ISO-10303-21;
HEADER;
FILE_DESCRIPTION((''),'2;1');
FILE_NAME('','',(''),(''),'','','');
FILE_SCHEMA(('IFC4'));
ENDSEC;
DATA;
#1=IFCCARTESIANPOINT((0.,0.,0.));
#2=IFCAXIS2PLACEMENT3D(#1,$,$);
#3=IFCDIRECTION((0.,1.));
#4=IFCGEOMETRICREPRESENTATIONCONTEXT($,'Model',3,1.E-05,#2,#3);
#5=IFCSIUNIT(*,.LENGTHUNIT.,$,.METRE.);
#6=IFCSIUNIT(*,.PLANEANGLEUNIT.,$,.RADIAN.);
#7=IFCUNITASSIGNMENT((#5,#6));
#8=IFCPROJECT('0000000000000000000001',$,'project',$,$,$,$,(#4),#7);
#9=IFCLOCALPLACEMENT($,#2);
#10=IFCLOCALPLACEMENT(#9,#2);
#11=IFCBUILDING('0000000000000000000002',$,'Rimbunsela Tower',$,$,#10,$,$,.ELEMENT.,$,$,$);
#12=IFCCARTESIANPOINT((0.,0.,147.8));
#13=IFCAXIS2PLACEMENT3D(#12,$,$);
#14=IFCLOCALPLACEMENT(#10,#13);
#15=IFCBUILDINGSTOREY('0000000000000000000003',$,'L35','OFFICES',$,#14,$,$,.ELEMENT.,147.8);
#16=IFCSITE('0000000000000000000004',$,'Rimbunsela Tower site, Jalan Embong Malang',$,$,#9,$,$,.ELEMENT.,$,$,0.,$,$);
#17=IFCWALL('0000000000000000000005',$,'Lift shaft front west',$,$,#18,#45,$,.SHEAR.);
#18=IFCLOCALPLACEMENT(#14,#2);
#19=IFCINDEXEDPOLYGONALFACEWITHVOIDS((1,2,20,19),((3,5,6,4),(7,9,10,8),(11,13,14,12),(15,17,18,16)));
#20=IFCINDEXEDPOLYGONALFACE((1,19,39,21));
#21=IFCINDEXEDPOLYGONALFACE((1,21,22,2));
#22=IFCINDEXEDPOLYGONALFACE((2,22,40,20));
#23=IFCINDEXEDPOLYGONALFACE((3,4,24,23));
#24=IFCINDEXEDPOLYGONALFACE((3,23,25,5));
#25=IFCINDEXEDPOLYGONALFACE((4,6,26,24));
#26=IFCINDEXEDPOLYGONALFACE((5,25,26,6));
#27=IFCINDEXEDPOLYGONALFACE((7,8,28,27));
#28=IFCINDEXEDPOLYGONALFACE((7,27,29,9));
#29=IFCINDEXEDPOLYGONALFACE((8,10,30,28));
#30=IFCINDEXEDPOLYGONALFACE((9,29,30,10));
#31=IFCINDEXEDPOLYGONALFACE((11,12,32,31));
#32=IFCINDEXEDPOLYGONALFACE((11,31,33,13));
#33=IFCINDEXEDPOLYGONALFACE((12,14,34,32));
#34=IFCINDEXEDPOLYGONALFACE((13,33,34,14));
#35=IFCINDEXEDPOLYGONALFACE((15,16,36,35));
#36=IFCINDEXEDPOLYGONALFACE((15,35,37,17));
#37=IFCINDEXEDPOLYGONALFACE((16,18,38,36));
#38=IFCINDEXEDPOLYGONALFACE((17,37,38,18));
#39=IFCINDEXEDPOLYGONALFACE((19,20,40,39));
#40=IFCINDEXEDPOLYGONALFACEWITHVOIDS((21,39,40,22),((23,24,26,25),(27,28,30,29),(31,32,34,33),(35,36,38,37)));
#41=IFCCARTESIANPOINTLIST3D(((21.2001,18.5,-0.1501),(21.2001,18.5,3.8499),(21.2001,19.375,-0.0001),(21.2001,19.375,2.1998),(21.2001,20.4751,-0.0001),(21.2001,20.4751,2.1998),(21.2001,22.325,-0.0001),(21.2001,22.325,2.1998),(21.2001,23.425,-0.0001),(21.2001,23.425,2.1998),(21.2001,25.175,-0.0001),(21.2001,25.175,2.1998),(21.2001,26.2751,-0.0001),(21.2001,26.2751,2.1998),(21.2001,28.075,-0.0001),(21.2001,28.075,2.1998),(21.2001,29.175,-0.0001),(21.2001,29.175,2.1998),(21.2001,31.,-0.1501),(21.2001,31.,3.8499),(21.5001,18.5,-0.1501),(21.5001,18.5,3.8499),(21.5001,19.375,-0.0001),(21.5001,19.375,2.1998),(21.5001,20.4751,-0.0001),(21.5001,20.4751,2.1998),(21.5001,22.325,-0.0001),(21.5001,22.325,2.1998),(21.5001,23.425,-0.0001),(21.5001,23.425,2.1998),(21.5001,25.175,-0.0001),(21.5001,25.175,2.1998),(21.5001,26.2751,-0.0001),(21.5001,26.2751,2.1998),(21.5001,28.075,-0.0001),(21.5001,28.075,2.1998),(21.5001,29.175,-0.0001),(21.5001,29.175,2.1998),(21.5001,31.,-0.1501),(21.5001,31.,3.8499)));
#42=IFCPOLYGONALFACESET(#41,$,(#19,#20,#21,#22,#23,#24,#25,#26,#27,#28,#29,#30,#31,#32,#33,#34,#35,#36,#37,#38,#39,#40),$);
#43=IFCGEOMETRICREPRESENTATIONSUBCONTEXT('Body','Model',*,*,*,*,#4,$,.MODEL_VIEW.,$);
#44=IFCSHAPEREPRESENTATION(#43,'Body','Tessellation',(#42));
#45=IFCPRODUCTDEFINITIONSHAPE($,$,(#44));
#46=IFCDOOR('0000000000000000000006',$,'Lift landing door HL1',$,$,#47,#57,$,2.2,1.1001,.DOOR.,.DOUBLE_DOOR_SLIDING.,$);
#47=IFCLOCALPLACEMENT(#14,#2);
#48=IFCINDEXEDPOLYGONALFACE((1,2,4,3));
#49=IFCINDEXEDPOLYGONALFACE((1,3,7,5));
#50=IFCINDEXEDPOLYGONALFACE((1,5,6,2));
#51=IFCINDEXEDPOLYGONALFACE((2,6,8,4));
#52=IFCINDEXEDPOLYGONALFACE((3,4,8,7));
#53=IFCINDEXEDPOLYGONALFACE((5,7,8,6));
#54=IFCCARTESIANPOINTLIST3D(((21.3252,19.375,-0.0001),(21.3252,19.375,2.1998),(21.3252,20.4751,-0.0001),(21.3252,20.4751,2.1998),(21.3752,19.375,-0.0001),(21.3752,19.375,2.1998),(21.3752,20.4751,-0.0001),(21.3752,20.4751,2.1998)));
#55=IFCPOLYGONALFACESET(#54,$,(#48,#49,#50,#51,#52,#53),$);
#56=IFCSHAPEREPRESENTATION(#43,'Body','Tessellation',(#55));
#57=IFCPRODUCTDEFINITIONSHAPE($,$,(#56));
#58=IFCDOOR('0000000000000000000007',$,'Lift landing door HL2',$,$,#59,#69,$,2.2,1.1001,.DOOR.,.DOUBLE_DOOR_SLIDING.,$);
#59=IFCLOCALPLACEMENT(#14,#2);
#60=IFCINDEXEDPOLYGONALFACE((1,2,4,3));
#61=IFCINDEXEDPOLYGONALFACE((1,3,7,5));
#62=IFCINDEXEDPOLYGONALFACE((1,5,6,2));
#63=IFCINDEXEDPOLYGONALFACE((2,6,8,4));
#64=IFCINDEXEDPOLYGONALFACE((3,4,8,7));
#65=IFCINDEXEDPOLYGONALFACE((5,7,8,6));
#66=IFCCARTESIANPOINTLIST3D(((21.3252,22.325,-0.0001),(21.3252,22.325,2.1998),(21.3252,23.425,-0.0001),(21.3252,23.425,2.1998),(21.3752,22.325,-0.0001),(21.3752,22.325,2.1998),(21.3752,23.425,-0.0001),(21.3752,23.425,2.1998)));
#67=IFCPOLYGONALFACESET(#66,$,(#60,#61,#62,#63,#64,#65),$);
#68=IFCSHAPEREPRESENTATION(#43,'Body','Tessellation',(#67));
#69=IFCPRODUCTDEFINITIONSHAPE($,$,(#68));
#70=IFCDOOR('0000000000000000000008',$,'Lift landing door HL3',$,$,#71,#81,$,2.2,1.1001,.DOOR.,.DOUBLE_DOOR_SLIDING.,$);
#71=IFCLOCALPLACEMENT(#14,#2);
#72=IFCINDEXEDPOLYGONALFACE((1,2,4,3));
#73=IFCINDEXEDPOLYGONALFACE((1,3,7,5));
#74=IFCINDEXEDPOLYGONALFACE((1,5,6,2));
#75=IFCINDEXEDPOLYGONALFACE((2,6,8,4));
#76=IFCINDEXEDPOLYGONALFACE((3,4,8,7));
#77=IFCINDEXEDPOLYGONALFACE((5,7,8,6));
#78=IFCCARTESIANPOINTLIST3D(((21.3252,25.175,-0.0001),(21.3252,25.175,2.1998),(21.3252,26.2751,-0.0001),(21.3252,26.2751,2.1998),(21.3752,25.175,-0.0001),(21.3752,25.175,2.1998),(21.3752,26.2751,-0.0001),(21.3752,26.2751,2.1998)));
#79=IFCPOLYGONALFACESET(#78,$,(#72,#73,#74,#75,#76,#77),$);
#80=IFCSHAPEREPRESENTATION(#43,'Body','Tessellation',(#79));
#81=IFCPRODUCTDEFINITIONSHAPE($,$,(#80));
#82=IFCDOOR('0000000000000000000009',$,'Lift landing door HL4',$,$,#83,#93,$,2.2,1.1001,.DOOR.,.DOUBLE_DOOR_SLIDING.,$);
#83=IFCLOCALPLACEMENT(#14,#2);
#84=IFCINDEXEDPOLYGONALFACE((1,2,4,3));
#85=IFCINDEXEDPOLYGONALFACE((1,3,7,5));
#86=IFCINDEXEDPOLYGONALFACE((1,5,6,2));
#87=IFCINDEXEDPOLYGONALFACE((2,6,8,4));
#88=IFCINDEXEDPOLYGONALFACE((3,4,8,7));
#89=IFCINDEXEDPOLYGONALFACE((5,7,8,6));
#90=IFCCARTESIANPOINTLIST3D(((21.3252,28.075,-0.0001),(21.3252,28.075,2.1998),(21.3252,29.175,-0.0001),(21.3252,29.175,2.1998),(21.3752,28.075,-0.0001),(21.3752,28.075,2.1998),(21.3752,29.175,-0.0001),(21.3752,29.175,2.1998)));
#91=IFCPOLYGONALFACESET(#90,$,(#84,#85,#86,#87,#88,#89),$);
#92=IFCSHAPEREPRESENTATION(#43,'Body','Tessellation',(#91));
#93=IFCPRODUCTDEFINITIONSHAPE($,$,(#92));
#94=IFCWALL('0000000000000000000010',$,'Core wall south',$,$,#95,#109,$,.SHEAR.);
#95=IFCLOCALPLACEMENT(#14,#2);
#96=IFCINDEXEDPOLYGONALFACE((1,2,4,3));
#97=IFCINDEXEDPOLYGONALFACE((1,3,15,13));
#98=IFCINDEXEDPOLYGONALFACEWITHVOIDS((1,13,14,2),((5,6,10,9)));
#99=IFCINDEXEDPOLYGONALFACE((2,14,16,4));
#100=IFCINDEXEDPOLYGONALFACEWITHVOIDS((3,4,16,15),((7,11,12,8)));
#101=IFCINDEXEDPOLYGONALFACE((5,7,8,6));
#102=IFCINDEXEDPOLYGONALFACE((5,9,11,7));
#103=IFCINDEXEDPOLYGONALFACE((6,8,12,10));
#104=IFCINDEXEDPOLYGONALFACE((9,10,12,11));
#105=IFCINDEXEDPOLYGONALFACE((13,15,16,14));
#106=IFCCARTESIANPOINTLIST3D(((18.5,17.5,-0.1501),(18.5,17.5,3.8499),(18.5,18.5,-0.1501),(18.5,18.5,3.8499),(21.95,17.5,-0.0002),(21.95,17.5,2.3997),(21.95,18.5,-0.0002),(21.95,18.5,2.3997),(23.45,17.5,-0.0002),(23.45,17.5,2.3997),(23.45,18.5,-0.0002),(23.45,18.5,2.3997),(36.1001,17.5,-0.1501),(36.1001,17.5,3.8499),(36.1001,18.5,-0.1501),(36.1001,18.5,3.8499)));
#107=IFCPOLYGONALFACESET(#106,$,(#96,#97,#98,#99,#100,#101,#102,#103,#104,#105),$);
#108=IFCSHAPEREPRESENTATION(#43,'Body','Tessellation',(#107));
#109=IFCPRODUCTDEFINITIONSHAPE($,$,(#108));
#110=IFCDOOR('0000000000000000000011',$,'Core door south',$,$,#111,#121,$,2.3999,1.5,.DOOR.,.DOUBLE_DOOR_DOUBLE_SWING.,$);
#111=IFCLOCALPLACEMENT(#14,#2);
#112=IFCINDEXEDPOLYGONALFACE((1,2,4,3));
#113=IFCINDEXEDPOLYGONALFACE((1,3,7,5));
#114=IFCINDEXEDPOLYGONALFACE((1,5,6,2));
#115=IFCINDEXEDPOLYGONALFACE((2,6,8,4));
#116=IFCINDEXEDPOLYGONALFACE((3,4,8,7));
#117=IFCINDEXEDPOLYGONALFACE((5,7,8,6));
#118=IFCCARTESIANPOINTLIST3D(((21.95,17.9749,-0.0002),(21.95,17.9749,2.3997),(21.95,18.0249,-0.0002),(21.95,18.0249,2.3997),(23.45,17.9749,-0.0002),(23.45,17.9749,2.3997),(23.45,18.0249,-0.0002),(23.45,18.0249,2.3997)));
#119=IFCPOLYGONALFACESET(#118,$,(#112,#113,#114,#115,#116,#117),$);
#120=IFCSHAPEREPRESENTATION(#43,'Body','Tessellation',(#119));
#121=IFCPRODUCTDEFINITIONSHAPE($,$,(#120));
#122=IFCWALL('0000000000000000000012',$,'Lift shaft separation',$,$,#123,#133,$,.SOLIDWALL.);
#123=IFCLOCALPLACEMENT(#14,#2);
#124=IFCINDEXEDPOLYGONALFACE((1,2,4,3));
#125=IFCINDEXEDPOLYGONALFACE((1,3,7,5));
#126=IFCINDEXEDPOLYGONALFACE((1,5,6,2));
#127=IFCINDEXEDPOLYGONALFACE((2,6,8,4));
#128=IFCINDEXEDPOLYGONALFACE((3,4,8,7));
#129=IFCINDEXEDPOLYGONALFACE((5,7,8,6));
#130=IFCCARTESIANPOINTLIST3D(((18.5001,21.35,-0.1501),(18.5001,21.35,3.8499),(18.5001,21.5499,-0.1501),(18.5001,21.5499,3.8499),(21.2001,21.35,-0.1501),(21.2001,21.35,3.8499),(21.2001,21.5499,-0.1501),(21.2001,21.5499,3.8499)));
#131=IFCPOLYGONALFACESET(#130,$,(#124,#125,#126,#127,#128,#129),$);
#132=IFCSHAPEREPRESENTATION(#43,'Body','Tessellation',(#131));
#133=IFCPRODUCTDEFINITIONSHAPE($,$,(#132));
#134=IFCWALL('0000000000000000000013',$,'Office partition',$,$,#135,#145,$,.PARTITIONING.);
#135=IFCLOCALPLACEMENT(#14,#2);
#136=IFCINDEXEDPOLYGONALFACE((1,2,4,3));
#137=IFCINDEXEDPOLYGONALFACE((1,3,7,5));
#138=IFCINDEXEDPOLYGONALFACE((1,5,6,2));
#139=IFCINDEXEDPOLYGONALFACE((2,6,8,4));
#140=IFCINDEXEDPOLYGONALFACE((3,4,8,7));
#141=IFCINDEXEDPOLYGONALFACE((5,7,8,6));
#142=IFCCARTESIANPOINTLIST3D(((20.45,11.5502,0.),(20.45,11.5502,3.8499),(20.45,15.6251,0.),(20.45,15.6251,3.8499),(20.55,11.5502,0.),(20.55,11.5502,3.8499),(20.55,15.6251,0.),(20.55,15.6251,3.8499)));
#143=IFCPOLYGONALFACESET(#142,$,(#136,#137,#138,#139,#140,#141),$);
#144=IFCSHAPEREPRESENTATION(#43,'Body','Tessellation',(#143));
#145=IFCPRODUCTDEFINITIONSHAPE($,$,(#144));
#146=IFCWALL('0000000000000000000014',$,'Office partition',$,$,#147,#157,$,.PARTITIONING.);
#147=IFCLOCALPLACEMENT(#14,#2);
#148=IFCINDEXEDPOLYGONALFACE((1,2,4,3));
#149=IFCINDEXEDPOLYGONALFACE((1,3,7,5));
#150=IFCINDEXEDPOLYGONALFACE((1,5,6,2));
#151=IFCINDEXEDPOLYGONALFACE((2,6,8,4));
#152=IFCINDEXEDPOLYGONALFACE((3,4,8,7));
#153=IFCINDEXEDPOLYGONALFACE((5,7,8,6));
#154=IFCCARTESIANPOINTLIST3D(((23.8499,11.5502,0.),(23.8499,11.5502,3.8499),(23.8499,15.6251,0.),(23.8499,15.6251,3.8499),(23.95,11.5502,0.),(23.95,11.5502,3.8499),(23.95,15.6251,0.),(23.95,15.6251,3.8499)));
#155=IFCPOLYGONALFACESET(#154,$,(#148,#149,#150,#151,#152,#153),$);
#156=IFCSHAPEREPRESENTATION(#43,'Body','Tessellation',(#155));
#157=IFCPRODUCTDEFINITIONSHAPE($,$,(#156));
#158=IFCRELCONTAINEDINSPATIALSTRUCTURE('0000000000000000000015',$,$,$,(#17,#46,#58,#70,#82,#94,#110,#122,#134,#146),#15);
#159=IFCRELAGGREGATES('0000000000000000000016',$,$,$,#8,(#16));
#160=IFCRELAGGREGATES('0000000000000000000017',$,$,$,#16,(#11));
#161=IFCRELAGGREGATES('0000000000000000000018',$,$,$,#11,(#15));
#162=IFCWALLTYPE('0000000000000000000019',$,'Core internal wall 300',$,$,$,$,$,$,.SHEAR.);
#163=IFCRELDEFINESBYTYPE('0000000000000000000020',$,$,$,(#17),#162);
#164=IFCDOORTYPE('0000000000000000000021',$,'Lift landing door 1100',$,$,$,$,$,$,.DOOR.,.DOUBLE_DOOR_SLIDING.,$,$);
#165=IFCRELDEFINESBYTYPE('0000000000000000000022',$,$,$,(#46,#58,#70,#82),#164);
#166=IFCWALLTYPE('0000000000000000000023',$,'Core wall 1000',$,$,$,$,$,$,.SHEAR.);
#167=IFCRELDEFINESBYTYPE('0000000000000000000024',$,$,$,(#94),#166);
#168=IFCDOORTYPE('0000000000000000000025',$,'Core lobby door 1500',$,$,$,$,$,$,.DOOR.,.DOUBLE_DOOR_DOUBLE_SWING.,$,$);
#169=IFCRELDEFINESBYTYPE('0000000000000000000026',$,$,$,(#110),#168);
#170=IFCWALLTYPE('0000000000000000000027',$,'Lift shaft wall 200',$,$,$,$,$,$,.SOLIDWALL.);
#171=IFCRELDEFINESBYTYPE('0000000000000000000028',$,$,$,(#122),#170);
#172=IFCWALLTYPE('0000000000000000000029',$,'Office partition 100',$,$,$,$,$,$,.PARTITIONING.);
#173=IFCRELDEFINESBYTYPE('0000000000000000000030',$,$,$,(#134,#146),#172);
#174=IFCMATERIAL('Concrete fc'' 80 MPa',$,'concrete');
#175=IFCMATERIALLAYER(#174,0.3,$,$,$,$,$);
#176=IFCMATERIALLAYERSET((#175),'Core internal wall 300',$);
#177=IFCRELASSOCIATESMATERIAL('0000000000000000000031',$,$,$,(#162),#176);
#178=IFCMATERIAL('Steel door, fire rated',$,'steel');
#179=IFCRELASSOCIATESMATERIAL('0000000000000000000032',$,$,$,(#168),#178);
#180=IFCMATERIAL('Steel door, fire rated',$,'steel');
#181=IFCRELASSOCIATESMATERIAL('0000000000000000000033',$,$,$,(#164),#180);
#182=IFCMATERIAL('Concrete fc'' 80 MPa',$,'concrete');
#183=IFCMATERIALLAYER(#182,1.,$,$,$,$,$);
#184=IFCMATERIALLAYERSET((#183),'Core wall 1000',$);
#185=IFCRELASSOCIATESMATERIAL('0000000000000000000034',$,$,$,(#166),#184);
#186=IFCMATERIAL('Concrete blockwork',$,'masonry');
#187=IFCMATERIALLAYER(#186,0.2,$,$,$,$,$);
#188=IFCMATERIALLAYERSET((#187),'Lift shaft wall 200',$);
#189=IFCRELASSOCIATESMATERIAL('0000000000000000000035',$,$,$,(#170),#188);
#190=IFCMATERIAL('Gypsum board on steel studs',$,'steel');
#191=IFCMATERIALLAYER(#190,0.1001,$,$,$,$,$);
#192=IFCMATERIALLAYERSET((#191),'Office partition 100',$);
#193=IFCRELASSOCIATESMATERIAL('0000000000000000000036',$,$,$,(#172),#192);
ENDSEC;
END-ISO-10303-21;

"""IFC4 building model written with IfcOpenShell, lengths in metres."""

from ifc_helpers import new_model, si_unit, direction, frame, frame_2d, origin, place, context, subcontext, project, spatial, rectangle, extrude, material, layer, layer_set, type_object, element, fill, save


model = new_model("IFC4")

# Units and contexts
model_context = context("Model", 3, precision=1e-05, world=origin(), true_north=direction((0.0, 1.0)))
body_context = subcontext(model_context, "Body", "Model", "MODEL_VIEW")
ifc_project = project(units=[si_unit("LENGTHUNIT", "METRE"), si_unit("PLANEANGLEUNIT", "RADIAN")], contexts=[model_context])

# Site, building, storey
site_placement = place(None, origin())
site = spatial("IfcSite", under=ifc_project, at=site_placement, Name="Rimbunsela Tower site, Jalan Embong Malang", CompositionType="ELEMENT", RefElevation=0.0)
building_placement = place(site_placement, origin())
building = spatial("IfcBuilding", under=site, at=building_placement, Name="Rimbunsela Tower", CompositionType="ELEMENT")
storey_placement = place(building_placement, frame((0.0, 0.0, 147.8)))
storey = spatial("IfcBuildingStorey", under=building, at=storey_placement, Name="L35", Description="OFFICES", CompositionType="ELEMENT", Elevation=147.8)

# Shared definitions
ifc_material_1 = material(Name="Concrete fc' 80 MPa", Category="concrete")
ifc_layer_1 = layer(ifc_material_1, 0.3)
ifc_layer_set_1 = layer_set([ifc_layer_1], Name="Core internal wall 300")
wall_type_1 = type_object("IfcWallType", Name="Core internal wall 300", PredefinedType="SHEAR", material=ifc_layer_set_1)
ifc_material_2 = material(Name="Steel door, fire rated", Category="steel")
door_type_1 = type_object("IfcDoorType", Name="Core lobby door 1500", OperationType="DOUBLE_DOOR_DOUBLE_SWING", PredefinedType="DOOR", material=ifc_material_2)

# Wall, openings, doors
wall_1_placement = place(storey_placement, frame((21.3501, 18.5, -0.1501), z_axis=(0.0, 0.0, 1.0), x_axis=(0.0, 1.0, 0.0)))
wall_1 = element("IfcWall", 1, at=wall_1_placement, inside=storey, type_object=wall_type_1, Name="Lift shaft front west", PredefinedType="SHEAR", context=body_context, shape_type="SweptSolid", body=[
    extrude(rectangle(XDim=12.5, YDim=0.3, at=frame_2d((6.25, 0.0))), origin(), (0.0, 0.0, 1.0), 4.0),
])
opening_1_placement = place(wall_1_placement, frame((0.875, 0.0, 0.1499)))
opening_1 = element("IfcOpeningElement", 2, at=opening_1_placement, cuts=wall_1, PredefinedType="OPENING", context=body_context, shape_type="SweptSolid", body=[
    extrude(rectangle(XDim=1.1001, YDim=2.2, at=frame_2d((0.55, 1.1001))), frame((0.0, 0.1599, 0.0), z_axis=(0.0, -1.0, 0.0), x_axis=(1.0, 0.0, 0.0)), (0.0, 0.0, 1.0), 0.3201),
])
opening_2_placement = place(wall_1_placement, frame((3.825, 0.0, 0.1499)))
opening_2 = element("IfcOpeningElement", 3, at=opening_2_placement, cuts=wall_1, PredefinedType="OPENING", context=body_context, shape_type="SweptSolid", body=[
    extrude(rectangle(XDim=1.1001, YDim=2.2, at=frame_2d((0.55, 1.1001))), frame((0.0, 0.1599, 0.0), z_axis=(0.0, -1.0, 0.0), x_axis=(1.0, 0.0, 0.0)), (0.0, 0.0, 1.0), 0.3201),
])
opening_3_placement = place(wall_1_placement, frame((6.675, 0.0, 0.1499)))
opening_3 = element("IfcOpeningElement", 4, at=opening_3_placement, cuts=wall_1, PredefinedType="OPENING", context=body_context, shape_type="SweptSolid", body=[
    extrude(rectangle(XDim=1.1001, YDim=2.2, at=frame_2d((0.55, 1.1001))), frame((0.0, 0.1599, 0.0), z_axis=(0.0, -1.0, 0.0), x_axis=(1.0, 0.0, 0.0)), (0.0, 0.0, 1.0), 0.3201),
])
opening_4_placement = place(wall_1_placement, frame((9.575, 0.0, 0.1499)))
opening_4 = element("IfcOpeningElement", 5, at=opening_4_placement, cuts=wall_1, PredefinedType="OPENING", context=body_context, shape_type="SweptSolid", body=[
    extrude(rectangle(XDim=1.1001, YDim=2.2, at=frame_2d((0.55, 1.1001))), frame((0.0, 0.1599, 0.0), z_axis=(0.0, -1.0, 0.0), x_axis=(1.0, 0.0, 0.0)), (0.0, 0.0, 1.0), 0.3201),
])
ifc_material_3 = material(Name="Steel door, fire rated", Category="steel")
door_type_2 = type_object("IfcDoorType", Name="Lift landing door 1100", OperationType="DOUBLE_DOOR_SLIDING", PredefinedType="DOOR", material=ifc_material_3)
door_1_placement = place(opening_1_placement, origin())
door_1 = element("IfcDoor", 6, at=door_1_placement, inside=storey, type_object=door_type_2, Name="Lift landing door HL1", OperationType="DOUBLE_DOOR_SLIDING", OverallHeight=2.2, OverallWidth=1.1001, PredefinedType="DOOR", context=body_context, shape_type="SweptSolid", body=[
    extrude(rectangle(XDim=1.1001, YDim=2.2, at=frame_2d((0.55, 1.1001))), frame((0.0, 0.0249, 0.0), z_axis=(0.0, -1.0, 0.0), x_axis=(1.0, 0.0, 0.0)), (0.0, 0.0, 1.0), 0.05),
])
fill(opening_1, door_1)
door_2_placement = place(opening_2_placement, origin())
door_2 = element("IfcDoor", 7, at=door_2_placement, inside=storey, type_object=door_type_2, Name="Lift landing door HL2", OperationType="DOUBLE_DOOR_SLIDING", OverallHeight=2.2, OverallWidth=1.1001, PredefinedType="DOOR", context=body_context, shape_type="SweptSolid", body=[
    extrude(rectangle(XDim=1.1001, YDim=2.2, at=frame_2d((0.55, 1.1001))), frame((0.0, 0.0249, 0.0), z_axis=(0.0, -1.0, 0.0), x_axis=(1.0, 0.0, 0.0)), (0.0, 0.0, 1.0), 0.05),
])
fill(opening_2, door_2)
door_3_placement = place(opening_3_placement, origin())
door_3 = element("IfcDoor", 8, at=door_3_placement, inside=storey, type_object=door_type_2, Name="Lift landing door HL3", OperationType="DOUBLE_DOOR_SLIDING", OverallHeight=2.2, OverallWidth=1.1001, PredefinedType="DOOR", context=body_context, shape_type="SweptSolid", body=[
    extrude(rectangle(XDim=1.1001, YDim=2.2, at=frame_2d((0.55, 1.1001))), frame((0.0, 0.0249, 0.0), z_axis=(0.0, -1.0, 0.0), x_axis=(1.0, 0.0, 0.0)), (0.0, 0.0, 1.0), 0.05),
])
fill(opening_3, door_3)
door_4_placement = place(opening_4_placement, origin())
door_4 = element("IfcDoor", 9, at=door_4_placement, inside=storey, type_object=door_type_2, Name="Lift landing door HL4", OperationType="DOUBLE_DOOR_SLIDING", OverallHeight=2.2, OverallWidth=1.1001, PredefinedType="DOOR", context=body_context, shape_type="SweptSolid", body=[
    extrude(rectangle(XDim=1.1001, YDim=2.2, at=frame_2d((0.55, 1.1001))), frame((0.0, 0.0249, 0.0), z_axis=(0.0, -1.0, 0.0), x_axis=(1.0, 0.0, 0.0)), (0.0, 0.0, 1.0), 0.05),
])
fill(opening_4, door_4)

# Wall, opening, door
ifc_material_4 = material(Name="Concrete fc' 80 MPa", Category="concrete")
ifc_layer_2 = layer(ifc_material_4, 1.0)
ifc_layer_set_2 = layer_set([ifc_layer_2], Name="Core wall 1000")
wall_type_2 = type_object("IfcWallType", Name="Core wall 1000", PredefinedType="SHEAR", material=ifc_layer_set_2)
wall_2_placement = place(storey_placement, frame((18.5, 18.0, -0.1501), z_axis=(0.0, 0.0, 1.0), x_axis=(1.0, 0.0, 0.0)))
wall_2 = element("IfcWall", 10, at=wall_2_placement, inside=storey, type_object=wall_type_2, Name="Core wall south", PredefinedType="SHEAR", context=body_context, shape_type="SweptSolid", body=[
    extrude(rectangle(XDim=17.6001, YDim=1.0, at=frame_2d((8.8, 0.0))), origin(), (0.0, 0.0, 1.0), 4.0),
])
opening_5_placement = place(wall_2_placement, frame((3.45, 0.0, 0.1499)))
opening_5 = element("IfcOpeningElement", 11, at=opening_5_placement, cuts=wall_2, PredefinedType="OPENING", context=body_context, shape_type="SweptSolid", body=[
    extrude(rectangle(XDim=1.5, YDim=2.3999, at=frame_2d((0.75, 1.2))), frame((0.0, 0.51, 0.0), z_axis=(0.0, -1.0, 0.0), x_axis=(1.0, 0.0, 0.0)), (0.0, 0.0, 1.0), 1.02),
])
door_5_placement = place(opening_5_placement, origin())
door_5 = element("IfcDoor", 12, at=door_5_placement, inside=storey, type_object=door_type_1, Name="Core door south", OperationType="DOUBLE_DOOR_DOUBLE_SWING", OverallHeight=2.3999, OverallWidth=1.5, PredefinedType="DOOR", context=body_context, shape_type="SweptSolid", body=[
    extrude(rectangle(XDim=1.5, YDim=2.3999, at=frame_2d((0.75, 1.2))), frame((0.0, 0.0249, 0.0), z_axis=(0.0, -1.0, 0.0), x_axis=(1.0, 0.0, 0.0)), (0.0, 0.0, 1.0), 0.05),
])
fill(opening_5, door_5)

# Walls
ifc_material_5 = material(Name="Concrete blockwork", Category="masonry")
ifc_layer_3 = layer(ifc_material_5, 0.2)
ifc_layer_set_3 = layer_set([ifc_layer_3], Name="Lift shaft wall 200")
wall_type_3 = type_object("IfcWallType", Name="Lift shaft wall 200", PredefinedType="SOLIDWALL", material=ifc_layer_set_3)
wall_3_placement = place(storey_placement, frame((18.5, 21.45, -0.1501), z_axis=(0.0, 0.0, 1.0), x_axis=(1.0, 0.0, 0.0)))
element("IfcWall", 13, at=wall_3_placement, inside=storey, type_object=wall_type_3, Name="Lift shaft separation", PredefinedType="SOLIDWALL", context=body_context, shape_type="SweptSolid", body=[
    extrude(rectangle(XDim=2.7, YDim=0.2, at=frame_2d((1.3501, 0.0))), origin(), (0.0, 0.0, 1.0), 4.0),
])
ifc_material_6 = material(Name="Gypsum board on steel studs", Category="steel")
ifc_layer_4 = layer(ifc_material_6, 0.1001)
ifc_layer_set_4 = layer_set([ifc_layer_4], Name="Office partition 100")
wall_type_4 = type_object("IfcWallType", Name="Office partition 100", PredefinedType="PARTITIONING", material=ifc_layer_set_4)
for number, where, z_axis, x_axis, name in (
    (14, (20.5, 11.55, 0.0), (0.0, 0.0, 1.0), (0.0, 1.0, 0.0), "Office partition"),
    (15, (23.8999, 11.55, 0.0), (0.0, 0.0, 1.0), (0.0, 1.0, 0.0), "Office partition"),
):
    element("IfcWall", number, at=place(storey_placement, frame(where, z_axis=z_axis, x_axis=x_axis)), inside=storey, type_object=wall_type_4, Name=name, PredefinedType="PARTITIONING", context=body_context, shape_type="SweptSolid", body=[
        extrude(rectangle(XDim=4.075, YDim=0.1001, at=frame_2d((2.0376, 0.0))), origin(), (0.0, 0.0, 1.0), 3.8499),
    ])

save(model, "model.ifc")
